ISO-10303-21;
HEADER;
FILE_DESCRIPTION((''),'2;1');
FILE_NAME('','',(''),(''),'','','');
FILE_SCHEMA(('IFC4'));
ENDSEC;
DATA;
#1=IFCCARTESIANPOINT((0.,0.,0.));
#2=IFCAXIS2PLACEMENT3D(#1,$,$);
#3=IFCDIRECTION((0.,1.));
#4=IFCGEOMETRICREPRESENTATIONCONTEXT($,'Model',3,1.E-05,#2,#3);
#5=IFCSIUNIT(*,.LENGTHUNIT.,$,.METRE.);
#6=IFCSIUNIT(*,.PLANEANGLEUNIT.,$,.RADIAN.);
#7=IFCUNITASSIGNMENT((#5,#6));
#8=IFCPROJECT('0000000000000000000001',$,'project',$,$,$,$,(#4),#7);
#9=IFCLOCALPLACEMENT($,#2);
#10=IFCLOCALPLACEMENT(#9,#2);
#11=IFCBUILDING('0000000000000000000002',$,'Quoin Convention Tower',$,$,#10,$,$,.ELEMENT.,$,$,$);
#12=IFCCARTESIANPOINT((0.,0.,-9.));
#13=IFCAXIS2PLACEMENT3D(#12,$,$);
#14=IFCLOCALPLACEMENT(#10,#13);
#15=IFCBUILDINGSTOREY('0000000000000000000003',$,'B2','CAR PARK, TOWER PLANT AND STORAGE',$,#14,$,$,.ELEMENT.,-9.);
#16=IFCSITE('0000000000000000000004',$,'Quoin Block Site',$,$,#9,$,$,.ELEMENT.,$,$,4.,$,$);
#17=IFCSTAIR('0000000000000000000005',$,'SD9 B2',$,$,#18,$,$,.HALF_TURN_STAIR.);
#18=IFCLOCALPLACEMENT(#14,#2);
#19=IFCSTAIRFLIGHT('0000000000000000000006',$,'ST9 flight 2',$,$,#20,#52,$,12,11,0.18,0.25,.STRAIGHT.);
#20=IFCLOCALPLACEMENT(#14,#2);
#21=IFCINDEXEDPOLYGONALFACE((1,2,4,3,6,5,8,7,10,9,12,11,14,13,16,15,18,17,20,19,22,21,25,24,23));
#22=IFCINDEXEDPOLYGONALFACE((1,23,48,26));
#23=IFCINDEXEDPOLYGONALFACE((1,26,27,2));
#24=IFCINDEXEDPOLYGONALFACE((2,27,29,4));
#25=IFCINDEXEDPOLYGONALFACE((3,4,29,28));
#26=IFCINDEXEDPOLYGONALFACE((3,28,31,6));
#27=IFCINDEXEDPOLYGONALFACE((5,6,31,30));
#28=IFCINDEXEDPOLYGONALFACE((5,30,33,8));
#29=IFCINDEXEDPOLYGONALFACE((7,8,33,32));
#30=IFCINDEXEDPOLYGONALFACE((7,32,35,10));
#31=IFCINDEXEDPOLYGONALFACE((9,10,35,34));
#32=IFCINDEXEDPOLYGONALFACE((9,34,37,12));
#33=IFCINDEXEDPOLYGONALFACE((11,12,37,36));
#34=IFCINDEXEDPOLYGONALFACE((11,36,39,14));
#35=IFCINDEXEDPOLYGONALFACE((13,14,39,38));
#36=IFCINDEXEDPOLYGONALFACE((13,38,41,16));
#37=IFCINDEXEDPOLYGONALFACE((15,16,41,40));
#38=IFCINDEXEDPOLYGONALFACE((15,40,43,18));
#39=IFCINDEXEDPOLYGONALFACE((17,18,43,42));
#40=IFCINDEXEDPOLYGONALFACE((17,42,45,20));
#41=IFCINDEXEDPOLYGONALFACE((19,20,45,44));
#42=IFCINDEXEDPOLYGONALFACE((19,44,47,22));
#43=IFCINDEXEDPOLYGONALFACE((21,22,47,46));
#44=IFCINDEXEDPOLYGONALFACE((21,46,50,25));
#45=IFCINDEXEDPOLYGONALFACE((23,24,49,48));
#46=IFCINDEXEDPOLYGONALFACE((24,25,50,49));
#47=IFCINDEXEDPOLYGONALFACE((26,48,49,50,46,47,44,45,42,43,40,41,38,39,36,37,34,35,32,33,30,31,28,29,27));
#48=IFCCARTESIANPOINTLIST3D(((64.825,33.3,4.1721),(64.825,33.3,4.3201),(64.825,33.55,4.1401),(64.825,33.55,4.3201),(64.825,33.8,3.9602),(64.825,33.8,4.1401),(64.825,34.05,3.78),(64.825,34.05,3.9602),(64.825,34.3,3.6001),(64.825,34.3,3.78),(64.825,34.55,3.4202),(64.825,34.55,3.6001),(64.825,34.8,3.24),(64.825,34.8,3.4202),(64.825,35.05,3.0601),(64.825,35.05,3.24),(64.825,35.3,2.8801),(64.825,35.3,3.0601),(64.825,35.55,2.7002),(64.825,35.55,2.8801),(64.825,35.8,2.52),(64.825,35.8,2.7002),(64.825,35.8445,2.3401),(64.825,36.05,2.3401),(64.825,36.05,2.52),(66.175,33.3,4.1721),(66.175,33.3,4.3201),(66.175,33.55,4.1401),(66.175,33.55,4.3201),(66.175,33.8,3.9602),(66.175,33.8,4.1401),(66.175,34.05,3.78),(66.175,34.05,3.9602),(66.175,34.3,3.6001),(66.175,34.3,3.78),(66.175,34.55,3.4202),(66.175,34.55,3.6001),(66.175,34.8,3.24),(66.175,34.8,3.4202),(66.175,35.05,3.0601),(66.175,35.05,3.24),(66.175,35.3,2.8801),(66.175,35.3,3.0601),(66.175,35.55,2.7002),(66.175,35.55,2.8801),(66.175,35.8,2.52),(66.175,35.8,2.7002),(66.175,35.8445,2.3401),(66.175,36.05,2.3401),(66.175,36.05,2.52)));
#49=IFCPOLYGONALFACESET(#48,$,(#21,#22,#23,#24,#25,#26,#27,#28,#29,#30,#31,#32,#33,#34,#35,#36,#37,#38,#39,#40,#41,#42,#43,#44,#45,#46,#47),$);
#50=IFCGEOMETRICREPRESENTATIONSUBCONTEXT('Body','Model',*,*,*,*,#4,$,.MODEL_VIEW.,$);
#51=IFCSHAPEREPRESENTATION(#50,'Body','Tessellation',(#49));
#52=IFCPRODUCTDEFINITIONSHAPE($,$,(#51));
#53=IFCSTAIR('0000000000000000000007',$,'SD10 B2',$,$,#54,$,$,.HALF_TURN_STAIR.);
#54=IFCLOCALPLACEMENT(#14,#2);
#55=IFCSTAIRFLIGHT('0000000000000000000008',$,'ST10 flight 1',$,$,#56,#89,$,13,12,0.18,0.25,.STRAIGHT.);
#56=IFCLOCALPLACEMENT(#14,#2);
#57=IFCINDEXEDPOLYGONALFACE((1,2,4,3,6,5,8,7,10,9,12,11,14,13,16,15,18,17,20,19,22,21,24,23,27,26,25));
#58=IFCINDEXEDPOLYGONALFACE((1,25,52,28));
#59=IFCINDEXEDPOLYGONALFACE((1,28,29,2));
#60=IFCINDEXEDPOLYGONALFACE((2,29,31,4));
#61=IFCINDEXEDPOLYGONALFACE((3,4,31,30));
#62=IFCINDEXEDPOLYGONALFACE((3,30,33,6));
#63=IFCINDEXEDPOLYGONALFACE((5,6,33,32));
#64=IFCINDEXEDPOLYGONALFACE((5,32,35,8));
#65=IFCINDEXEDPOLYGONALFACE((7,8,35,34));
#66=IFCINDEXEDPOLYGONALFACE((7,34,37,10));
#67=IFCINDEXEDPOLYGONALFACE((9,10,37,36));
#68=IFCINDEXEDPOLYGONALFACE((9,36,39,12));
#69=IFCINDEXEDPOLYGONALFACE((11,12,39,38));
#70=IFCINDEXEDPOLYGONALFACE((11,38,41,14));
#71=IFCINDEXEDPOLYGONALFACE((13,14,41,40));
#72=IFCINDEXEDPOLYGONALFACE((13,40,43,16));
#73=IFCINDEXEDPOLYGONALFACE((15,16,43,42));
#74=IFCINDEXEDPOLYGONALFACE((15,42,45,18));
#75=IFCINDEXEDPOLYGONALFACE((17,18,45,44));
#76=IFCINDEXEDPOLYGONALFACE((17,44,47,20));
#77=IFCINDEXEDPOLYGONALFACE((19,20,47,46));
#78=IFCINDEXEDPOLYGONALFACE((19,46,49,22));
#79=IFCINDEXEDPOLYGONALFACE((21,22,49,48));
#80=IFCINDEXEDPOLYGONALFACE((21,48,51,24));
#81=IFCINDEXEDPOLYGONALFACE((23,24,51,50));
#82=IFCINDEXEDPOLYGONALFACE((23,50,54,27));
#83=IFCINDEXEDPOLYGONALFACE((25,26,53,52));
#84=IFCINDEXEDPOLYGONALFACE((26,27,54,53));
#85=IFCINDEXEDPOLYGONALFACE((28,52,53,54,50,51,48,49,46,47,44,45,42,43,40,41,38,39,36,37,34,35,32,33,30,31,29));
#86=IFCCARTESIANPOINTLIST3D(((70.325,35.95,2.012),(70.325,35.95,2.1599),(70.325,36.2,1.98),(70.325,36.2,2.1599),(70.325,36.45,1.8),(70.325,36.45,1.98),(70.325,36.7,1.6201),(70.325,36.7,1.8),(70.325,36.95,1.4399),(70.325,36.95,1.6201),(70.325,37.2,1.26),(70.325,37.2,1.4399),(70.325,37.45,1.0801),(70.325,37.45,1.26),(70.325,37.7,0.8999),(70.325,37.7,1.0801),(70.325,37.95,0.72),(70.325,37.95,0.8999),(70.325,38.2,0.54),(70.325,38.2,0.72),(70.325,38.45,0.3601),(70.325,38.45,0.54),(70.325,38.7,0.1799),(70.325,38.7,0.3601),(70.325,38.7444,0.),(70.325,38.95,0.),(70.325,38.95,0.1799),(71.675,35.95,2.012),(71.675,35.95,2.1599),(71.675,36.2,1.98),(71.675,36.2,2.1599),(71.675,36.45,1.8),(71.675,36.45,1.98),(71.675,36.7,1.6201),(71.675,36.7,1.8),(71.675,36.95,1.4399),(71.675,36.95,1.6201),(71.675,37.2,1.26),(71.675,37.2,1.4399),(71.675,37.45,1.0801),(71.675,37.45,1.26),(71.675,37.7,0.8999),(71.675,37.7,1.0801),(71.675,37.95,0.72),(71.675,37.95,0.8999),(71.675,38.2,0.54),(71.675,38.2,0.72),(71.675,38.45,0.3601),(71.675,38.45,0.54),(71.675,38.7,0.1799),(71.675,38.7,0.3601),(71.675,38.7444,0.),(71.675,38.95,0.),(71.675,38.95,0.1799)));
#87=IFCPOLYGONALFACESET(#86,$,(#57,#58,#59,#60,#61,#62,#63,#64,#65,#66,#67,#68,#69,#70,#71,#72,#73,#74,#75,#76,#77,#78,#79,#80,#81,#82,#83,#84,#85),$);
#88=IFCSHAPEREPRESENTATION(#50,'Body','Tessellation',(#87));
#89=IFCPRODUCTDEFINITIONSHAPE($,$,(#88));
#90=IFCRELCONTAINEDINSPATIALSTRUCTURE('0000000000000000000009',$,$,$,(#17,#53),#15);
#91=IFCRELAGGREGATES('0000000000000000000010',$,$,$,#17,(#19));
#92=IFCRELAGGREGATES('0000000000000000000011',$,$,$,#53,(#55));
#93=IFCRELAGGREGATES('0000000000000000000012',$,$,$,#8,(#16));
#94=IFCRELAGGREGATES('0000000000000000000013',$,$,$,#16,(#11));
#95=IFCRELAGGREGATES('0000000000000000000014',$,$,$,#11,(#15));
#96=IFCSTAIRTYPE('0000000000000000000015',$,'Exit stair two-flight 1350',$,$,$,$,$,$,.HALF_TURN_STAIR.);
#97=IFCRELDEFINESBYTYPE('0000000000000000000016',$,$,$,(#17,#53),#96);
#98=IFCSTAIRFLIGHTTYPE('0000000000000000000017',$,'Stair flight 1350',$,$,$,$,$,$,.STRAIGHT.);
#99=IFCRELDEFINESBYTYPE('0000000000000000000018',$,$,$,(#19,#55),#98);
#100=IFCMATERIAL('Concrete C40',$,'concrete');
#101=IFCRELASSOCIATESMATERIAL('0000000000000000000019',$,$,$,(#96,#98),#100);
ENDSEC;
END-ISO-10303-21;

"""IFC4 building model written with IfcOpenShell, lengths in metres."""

from ifc_helpers import new_model, si_unit, direction, frame, origin, place, context, subcontext, project, spatial, polyline, outline, extrude, material, type_object, element, aggregate, save


model = new_model("IFC4")

# Units and contexts
model_context = context("Model", 3, precision=1e-05, world=origin(), true_north=direction((0.0, 1.0)))
body_context = subcontext(model_context, "Body", "Model", "MODEL_VIEW")
ifc_project = project(units=[si_unit("LENGTHUNIT", "METRE"), si_unit("PLANEANGLEUNIT", "RADIAN")], contexts=[model_context])

# Site, building, storey
site_placement = place(None, origin())
site = spatial("IfcSite", under=ifc_project, at=site_placement, Name="Quoin Block Site", CompositionType="ELEMENT", RefElevation=4.0)
building_placement = place(site_placement, origin())
building = spatial("IfcBuilding", under=site, at=building_placement, Name="Quoin Convention Tower", CompositionType="ELEMENT")
storey_placement = place(building_placement, frame((0.0, 0.0, -9.0)))
storey = spatial("IfcBuildingStorey", under=building, at=storey_placement, Name="B2", Description="CAR PARK, TOWER PLANT AND STORAGE", CompositionType="ELEMENT", Elevation=-9.0)

# Shared definitions
ifc_material_1 = material(Name="Concrete C40", Category="concrete")

# Stairs, stair flights
stair_type = type_object("IfcStairType", Name="Exit stair two-flight 1350", PredefinedType="HALF_TURN_STAIR", material=ifc_material_1)
stair_1_placement = place(storey_placement, origin())
stair_1 = element("IfcStair", 1, at=stair_1_placement, inside=storey, type_object=stair_type, Name="SD9 B2", PredefinedType="HALF_TURN_STAIR")
stair_flight_type = type_object("IfcStairFlightType", Name="Stair flight 1350", PredefinedType="STRAIGHT", material=ifc_material_1)
stair_flight_1_placement = place(storey_placement, frame((65.5, 36.05, 2.3401), z_axis=(0.0, 0.0, 1.0), x_axis=(0.0, -1.0, 0.0)))
stair_flight_1 = element("IfcStairFlight", 2, at=stair_flight_1_placement, type_object=stair_flight_type, Name="ST9 flight 2", NumberOfRisers=12, NumberOfTreads=11, PredefinedType="STRAIGHT", RiserHeight=0.18, TreadLength=0.25, context=body_context, shape_type="SweptSolid", body=[
    extrude(outline(polyline([(0.0, 0.0), (0.0, 0.1799), (0.25, 0.1799), (0.25, 0.3601), (0.5, 0.3601), (0.5, 0.54), (0.75, 0.54), (0.75, 0.72), (1.0, 0.72), (1.0, 0.8999), (1.25, 0.8999), (1.25, 1.0801), (1.5, 1.0801), (1.5, 1.26), (1.75, 1.26), (1.75, 1.4399), (2.0, 1.4399), (2.0, 1.6201), (2.25, 1.6201), (2.25, 1.8), (2.5, 1.8), (2.5, 1.98), (2.75, 1.98), (2.75, 2.1599), (2.75, 1.832), (0.2056, 0.0), (0.0, 0.0)])), frame((0.0, 0.675, 0.0), z_axis=(0.0, -1.0, 0.0), x_axis=(1.0, 0.0, 0.0)), (0.0, 0.0, 1.0), 1.3501),
])
aggregate(stair_1, [stair_flight_1])
stair_2_placement = place(storey_placement, origin())
stair_2 = element("IfcStair", 3, at=stair_2_placement, inside=storey, type_object=stair_type, Name="SD10 B2", PredefinedType="HALF_TURN_STAIR")
stair_flight_2_placement = place(storey_placement, frame((71.0, 38.95, 0.0), z_axis=(0.0, 0.0, 1.0), x_axis=(0.0, -1.0, 0.0)))
stair_flight_2 = element("IfcStairFlight", 4, at=stair_flight_2_placement, type_object=stair_flight_type, Name="ST10 flight 1", NumberOfRisers=13, NumberOfTreads=12, PredefinedType="STRAIGHT", RiserHeight=0.18, TreadLength=0.25, context=body_context, shape_type="SweptSolid", body=[
    extrude(outline(polyline([(0.0, 0.0), (0.0, 0.1799), (0.25, 0.1799), (0.25, 0.3601), (0.5, 0.3601), (0.5, 0.54), (0.75, 0.54), (0.75, 0.72), (1.0, 0.72), (1.0, 0.8999), (1.25, 0.8999), (1.25, 1.0801), (1.5, 1.0801), (1.5, 1.26), (1.75, 1.26), (1.75, 1.4399), (2.0, 1.4399), (2.0, 1.6201), (2.25, 1.6201), (2.25, 1.8), (2.5, 1.8), (2.5, 1.98), (2.75, 1.98), (2.75, 2.1599), (3.0, 2.1599), (3.0, 2.3401), (3.0, 2.012), (0.2056, 0.0), (0.0, 0.0)])), frame((0.0, 0.675, 0.0), z_axis=(0.0, -1.0, 0.0), x_axis=(1.0, 0.0, 0.0)), (0.0, 0.0, 1.0), 1.3501),
])
aggregate(stair_2, [stair_flight_2])

save(model, "model.ifc")
